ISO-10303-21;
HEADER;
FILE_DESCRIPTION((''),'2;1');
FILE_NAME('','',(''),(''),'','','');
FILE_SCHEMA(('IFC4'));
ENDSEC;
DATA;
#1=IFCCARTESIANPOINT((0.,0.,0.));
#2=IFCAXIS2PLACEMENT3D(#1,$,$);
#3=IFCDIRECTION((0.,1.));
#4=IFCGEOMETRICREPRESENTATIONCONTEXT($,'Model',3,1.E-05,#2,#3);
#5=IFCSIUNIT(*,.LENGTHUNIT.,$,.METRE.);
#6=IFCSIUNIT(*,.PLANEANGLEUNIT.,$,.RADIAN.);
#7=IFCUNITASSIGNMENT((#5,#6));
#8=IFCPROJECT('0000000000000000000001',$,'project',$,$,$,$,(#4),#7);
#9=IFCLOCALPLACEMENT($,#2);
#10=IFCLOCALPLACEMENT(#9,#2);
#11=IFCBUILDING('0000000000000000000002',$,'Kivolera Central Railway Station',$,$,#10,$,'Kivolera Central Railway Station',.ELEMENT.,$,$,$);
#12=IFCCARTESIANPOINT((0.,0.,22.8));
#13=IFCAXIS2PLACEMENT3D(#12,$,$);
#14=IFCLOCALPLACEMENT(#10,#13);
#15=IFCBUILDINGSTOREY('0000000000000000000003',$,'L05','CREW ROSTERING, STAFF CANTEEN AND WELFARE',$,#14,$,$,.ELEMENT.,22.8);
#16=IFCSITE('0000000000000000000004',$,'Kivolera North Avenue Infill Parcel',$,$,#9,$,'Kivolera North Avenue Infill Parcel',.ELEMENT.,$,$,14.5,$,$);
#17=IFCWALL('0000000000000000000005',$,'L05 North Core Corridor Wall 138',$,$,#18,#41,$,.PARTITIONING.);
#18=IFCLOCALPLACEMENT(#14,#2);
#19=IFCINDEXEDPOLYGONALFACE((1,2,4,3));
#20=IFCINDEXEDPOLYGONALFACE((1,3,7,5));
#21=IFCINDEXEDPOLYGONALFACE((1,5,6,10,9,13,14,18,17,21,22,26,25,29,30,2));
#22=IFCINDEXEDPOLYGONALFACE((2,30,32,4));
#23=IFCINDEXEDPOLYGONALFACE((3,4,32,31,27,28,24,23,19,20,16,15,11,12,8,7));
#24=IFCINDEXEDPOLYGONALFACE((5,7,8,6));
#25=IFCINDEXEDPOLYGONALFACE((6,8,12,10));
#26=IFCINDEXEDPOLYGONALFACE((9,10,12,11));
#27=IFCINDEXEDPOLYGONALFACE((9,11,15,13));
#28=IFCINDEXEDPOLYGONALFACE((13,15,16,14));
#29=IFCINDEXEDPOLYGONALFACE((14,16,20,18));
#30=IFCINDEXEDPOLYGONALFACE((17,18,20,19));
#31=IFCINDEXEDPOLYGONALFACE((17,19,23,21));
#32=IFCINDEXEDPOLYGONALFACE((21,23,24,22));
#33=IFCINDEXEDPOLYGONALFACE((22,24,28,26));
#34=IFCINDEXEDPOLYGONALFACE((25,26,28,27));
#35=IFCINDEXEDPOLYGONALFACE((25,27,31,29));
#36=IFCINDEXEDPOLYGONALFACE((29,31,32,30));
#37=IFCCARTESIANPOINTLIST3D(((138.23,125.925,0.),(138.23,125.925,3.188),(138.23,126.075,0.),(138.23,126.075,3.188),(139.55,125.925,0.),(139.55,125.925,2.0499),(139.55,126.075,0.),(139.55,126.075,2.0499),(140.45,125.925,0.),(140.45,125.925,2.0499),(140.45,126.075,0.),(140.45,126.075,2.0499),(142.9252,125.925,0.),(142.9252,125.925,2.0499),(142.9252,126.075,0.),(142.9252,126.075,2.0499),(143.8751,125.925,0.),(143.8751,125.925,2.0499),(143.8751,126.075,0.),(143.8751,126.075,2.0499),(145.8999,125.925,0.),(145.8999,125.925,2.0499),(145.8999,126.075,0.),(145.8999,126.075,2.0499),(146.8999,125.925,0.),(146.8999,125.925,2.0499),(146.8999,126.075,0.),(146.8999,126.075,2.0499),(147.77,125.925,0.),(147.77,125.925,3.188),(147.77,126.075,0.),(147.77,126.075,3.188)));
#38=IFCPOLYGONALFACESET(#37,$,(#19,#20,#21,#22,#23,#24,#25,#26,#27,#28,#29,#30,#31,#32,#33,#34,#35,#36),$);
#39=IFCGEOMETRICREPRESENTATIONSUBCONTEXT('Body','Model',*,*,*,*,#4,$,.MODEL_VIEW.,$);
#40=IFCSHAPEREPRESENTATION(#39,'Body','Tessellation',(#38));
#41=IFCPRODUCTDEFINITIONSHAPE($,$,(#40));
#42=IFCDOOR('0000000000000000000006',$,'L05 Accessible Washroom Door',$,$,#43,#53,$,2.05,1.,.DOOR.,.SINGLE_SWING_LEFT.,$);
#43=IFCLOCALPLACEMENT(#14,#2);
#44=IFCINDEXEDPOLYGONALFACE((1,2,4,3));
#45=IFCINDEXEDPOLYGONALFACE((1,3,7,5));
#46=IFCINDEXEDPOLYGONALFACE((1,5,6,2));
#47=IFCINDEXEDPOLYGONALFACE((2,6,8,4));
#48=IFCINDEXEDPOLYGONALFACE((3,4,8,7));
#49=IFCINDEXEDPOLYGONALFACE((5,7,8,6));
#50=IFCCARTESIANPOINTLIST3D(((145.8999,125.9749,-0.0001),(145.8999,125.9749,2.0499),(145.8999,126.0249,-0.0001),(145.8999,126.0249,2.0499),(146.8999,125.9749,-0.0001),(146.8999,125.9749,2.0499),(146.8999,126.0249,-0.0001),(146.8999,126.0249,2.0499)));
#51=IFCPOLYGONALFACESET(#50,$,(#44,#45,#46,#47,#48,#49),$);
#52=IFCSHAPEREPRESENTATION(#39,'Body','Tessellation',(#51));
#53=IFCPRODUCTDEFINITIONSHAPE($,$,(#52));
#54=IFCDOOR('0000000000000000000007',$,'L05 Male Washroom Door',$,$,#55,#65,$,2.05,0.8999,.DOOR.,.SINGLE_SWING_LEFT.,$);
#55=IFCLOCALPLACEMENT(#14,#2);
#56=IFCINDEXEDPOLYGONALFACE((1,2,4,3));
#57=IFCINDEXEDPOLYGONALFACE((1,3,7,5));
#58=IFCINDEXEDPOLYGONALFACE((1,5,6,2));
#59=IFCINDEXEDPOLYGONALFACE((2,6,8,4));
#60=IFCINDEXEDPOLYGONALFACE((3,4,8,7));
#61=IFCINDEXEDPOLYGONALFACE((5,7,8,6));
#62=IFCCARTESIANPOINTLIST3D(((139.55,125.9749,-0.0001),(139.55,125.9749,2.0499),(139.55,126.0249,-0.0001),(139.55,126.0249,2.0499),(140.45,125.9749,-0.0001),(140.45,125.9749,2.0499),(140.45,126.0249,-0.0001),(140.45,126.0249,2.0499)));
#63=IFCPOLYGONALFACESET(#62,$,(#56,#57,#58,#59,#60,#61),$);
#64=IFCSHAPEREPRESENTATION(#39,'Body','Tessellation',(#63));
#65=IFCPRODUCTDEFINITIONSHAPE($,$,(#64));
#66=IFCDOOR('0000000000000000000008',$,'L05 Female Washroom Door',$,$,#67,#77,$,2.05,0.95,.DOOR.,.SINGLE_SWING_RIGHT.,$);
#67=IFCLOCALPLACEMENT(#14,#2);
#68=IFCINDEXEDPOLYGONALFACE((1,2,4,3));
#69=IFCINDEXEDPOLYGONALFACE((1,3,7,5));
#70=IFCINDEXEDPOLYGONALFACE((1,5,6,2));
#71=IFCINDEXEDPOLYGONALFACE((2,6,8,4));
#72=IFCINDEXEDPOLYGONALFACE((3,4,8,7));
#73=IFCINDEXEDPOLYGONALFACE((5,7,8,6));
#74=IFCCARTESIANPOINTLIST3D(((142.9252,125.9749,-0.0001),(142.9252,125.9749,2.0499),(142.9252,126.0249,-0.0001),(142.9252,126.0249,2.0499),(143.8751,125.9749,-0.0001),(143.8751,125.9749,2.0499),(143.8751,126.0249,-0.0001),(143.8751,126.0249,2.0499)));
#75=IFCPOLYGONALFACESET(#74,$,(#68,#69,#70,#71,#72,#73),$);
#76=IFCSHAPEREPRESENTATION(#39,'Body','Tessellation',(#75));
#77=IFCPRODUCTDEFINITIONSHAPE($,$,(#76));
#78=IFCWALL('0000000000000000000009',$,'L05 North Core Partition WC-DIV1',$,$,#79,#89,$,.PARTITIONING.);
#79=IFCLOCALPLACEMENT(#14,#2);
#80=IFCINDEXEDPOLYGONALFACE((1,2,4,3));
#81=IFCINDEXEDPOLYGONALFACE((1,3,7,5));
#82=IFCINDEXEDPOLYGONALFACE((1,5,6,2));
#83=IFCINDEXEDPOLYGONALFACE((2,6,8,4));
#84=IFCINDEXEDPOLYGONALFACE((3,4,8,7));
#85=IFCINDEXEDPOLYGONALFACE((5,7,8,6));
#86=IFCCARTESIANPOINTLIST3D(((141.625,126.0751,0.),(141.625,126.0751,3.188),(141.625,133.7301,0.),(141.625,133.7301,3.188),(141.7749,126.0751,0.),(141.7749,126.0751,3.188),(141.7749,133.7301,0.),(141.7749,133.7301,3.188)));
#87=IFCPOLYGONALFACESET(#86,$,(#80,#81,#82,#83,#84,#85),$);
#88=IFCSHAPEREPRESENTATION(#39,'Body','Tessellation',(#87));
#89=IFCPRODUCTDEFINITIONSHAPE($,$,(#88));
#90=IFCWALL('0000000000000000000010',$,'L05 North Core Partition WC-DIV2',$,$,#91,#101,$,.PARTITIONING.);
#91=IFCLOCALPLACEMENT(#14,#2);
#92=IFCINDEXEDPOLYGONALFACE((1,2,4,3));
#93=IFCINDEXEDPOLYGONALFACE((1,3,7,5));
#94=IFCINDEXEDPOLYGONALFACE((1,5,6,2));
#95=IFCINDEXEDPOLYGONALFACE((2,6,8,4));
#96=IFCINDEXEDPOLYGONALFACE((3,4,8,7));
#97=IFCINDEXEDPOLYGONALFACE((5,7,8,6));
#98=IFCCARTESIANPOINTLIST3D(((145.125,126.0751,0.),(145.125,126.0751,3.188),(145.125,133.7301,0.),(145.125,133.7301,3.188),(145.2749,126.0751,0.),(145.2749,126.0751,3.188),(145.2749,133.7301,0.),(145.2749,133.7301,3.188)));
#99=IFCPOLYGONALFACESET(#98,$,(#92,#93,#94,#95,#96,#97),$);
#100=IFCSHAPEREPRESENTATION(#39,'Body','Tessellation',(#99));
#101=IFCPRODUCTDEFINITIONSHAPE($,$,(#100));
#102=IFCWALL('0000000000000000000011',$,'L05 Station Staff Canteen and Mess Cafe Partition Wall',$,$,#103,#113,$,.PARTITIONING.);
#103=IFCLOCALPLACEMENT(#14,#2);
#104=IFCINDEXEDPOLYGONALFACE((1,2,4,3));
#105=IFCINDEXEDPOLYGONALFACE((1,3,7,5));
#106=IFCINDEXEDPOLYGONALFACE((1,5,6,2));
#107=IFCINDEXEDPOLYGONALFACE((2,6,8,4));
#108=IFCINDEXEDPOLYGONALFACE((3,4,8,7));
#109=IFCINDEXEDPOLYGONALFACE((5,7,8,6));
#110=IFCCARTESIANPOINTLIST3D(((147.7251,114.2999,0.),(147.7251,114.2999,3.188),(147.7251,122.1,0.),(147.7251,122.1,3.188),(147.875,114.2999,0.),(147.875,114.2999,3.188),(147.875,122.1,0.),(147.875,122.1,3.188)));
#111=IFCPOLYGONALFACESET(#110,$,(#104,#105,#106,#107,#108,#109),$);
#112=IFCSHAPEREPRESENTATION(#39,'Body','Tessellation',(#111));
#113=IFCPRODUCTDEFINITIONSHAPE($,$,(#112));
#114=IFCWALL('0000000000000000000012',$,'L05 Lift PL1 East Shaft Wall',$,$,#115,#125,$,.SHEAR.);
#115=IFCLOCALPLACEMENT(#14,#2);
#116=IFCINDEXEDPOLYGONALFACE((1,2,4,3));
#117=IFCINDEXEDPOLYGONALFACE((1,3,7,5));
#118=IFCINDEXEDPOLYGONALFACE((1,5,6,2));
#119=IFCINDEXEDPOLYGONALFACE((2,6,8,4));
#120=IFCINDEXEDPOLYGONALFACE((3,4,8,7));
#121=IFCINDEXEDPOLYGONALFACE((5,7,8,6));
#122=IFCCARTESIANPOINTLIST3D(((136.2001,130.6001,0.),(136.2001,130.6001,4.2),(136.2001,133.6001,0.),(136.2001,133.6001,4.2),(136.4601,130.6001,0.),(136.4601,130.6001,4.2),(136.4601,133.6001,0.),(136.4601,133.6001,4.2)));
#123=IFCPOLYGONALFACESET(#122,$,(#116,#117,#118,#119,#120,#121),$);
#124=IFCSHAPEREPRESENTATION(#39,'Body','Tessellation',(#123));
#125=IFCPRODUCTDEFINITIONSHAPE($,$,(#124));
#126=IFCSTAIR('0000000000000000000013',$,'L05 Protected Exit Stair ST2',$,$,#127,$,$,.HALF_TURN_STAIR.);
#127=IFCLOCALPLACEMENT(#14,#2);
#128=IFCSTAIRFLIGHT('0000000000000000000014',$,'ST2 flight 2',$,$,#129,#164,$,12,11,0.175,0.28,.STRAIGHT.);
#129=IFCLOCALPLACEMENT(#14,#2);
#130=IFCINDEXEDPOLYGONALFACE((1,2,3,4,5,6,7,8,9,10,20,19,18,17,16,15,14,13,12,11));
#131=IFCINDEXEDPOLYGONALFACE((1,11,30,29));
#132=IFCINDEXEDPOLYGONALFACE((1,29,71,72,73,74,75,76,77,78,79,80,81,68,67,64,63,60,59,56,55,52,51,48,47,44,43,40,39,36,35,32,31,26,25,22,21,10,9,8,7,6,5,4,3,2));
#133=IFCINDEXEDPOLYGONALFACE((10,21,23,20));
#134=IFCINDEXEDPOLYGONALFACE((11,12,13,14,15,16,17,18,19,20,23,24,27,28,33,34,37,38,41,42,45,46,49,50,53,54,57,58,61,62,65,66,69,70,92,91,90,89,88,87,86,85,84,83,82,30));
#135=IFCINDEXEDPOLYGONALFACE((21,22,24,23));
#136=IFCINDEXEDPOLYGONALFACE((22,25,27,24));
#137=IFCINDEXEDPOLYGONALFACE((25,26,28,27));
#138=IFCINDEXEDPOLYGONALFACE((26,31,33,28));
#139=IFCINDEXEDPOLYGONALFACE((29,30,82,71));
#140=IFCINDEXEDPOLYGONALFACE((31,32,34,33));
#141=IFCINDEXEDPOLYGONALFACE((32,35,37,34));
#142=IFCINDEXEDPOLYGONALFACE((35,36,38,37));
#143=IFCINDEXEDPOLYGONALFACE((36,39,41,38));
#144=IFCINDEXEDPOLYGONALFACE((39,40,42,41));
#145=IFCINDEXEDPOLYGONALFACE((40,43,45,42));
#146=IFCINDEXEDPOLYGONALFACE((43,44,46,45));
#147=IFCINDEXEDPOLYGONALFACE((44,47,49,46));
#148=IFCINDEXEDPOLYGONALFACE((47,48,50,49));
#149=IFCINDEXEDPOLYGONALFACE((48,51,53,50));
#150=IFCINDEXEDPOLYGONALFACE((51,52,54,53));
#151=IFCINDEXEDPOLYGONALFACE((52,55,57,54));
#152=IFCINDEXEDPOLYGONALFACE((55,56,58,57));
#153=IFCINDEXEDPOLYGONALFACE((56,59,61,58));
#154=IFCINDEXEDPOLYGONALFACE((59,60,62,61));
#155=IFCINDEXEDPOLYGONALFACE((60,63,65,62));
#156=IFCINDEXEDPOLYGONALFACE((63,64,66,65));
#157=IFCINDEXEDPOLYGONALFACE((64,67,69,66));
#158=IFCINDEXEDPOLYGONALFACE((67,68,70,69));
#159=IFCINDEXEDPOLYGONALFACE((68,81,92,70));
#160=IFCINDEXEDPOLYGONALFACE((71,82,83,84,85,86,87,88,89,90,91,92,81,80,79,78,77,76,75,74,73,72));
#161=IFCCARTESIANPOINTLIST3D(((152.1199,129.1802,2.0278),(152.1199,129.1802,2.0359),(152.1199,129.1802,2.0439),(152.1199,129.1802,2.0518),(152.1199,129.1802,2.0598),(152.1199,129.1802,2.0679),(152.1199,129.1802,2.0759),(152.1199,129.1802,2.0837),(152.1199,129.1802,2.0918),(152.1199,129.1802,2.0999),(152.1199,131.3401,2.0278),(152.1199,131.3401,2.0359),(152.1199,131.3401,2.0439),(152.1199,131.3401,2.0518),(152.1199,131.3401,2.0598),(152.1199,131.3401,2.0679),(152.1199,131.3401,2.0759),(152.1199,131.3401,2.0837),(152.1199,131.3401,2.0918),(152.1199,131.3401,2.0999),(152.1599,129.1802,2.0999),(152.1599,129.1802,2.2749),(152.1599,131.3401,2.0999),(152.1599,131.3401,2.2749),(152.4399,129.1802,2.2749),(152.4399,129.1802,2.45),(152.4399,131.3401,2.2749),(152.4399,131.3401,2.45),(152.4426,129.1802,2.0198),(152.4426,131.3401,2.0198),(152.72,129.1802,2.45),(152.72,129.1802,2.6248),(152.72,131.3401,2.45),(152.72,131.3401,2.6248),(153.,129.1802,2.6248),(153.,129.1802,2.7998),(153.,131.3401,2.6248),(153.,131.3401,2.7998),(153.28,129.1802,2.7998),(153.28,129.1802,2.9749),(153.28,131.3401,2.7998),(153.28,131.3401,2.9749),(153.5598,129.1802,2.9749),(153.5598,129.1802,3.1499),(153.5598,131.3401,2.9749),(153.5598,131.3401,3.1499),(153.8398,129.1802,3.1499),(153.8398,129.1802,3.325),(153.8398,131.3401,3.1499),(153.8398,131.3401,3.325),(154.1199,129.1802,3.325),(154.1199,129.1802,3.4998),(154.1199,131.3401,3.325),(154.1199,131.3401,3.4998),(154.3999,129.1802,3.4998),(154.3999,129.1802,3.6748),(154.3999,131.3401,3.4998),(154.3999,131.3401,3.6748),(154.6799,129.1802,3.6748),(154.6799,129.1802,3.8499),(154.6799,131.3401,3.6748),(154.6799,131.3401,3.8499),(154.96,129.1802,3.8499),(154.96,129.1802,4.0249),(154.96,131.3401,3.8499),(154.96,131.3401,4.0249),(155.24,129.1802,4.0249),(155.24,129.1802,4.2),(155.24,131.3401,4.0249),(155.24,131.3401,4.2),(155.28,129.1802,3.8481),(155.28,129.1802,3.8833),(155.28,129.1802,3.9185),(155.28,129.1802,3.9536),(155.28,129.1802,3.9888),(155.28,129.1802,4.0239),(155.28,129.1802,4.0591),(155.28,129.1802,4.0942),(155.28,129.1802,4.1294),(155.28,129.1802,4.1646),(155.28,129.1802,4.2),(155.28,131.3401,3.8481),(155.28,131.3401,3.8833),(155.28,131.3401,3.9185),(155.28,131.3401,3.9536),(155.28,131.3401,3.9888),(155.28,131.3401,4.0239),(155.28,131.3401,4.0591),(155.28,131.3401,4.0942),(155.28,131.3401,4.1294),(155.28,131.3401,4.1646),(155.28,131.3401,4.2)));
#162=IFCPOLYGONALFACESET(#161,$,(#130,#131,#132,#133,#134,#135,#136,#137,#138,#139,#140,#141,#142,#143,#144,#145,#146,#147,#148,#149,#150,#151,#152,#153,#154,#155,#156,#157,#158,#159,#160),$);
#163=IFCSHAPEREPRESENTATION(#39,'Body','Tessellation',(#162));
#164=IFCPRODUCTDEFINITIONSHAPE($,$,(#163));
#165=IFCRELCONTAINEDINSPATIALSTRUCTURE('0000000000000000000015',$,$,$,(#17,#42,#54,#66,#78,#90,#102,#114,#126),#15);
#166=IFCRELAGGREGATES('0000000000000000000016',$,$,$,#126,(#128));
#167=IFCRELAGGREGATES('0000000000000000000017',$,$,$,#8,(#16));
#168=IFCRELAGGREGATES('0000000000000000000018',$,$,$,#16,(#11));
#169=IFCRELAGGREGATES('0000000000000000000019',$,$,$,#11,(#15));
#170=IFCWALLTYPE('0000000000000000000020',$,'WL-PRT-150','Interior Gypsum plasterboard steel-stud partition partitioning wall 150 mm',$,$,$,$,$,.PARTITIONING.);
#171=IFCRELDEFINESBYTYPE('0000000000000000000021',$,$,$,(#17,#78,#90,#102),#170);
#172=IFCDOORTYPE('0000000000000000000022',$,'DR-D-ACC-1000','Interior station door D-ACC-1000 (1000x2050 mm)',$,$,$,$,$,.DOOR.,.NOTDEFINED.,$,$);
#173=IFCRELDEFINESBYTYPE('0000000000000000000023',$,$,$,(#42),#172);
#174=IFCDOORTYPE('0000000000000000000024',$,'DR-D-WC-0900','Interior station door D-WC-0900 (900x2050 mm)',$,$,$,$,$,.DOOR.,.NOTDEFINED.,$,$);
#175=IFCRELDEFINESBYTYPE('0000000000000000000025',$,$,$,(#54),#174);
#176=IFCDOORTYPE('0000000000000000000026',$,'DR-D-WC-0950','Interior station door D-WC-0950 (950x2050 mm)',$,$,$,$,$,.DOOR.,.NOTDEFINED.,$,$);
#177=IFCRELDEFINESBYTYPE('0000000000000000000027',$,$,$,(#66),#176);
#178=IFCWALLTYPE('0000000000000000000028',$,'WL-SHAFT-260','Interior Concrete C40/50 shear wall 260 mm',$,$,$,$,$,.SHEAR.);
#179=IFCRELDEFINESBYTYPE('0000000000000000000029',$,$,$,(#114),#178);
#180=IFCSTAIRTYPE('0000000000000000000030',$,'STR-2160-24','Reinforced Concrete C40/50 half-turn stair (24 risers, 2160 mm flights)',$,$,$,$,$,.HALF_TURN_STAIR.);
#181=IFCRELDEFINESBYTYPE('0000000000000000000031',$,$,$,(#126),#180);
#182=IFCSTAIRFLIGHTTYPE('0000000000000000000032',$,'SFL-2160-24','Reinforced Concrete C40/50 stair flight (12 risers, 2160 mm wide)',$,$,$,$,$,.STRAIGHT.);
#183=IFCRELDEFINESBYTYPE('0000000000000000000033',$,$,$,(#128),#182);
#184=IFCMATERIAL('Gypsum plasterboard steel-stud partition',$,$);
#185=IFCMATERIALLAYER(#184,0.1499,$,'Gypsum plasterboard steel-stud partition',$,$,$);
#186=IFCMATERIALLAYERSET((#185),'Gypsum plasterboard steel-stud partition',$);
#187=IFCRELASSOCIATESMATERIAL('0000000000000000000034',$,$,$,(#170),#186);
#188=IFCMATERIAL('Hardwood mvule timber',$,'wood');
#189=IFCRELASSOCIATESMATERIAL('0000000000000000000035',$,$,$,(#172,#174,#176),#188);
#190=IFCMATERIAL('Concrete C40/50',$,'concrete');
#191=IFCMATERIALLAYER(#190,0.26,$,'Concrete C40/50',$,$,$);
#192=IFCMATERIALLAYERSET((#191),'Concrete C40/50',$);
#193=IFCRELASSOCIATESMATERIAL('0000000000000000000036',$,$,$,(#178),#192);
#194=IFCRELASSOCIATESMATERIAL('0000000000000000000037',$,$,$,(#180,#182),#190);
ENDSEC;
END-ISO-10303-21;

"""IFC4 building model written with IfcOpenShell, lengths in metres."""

from ifc_helpers import new_model, si_unit, direction, frame, frame_2d, origin, place, context, subcontext, project, spatial, polyline, rectangle, outline, extrude, material, layer, layer_set, type_object, element, fill, aggregate, save


model = new_model("IFC4")

# Units and contexts
model_context = context("Model", 3, precision=1e-05, world=origin(), true_north=direction((0.0, 1.0)))
body_context = subcontext(model_context, "Body", "Model", "MODEL_VIEW")
ifc_project = project(units=[si_unit("LENGTHUNIT", "METRE"), si_unit("PLANEANGLEUNIT", "RADIAN")], contexts=[model_context])

# Site, building, storey
site_placement = place(None, origin())
site = spatial("IfcSite", under=ifc_project, at=site_placement, Name="Kivolera North Avenue Infill Parcel", LongName="Kivolera North Avenue Infill Parcel", CompositionType="ELEMENT", RefElevation=14.5)
building_placement = place(site_placement, origin())
building = spatial("IfcBuilding", under=site, at=building_placement, Name="Kivolera Central Railway Station", LongName="Kivolera Central Railway Station", CompositionType="ELEMENT")
storey_placement = place(building_placement, frame((0.0, 0.0, 22.8)))
storey = spatial("IfcBuildingStorey", under=building, at=storey_placement, Name="L05", Description="CREW ROSTERING, STAFF CANTEEN AND WELFARE", CompositionType="ELEMENT", Elevation=22.8)

# Shared definitions
ifc_material_1 = material(Name="Concrete C40/50", Category="concrete")

# Shared definitions
ifc_material_2 = material(Name="Hardwood mvule timber", Category="wood")

# Wall, openings, doors
ifc_material_3 = material(Name="Gypsum plasterboard steel-stud partition")
ifc_layer_1 = layer(ifc_material_3, 0.1499, Name="Gypsum plasterboard steel-stud partition")
ifc_layer_set_1 = layer_set([ifc_layer_1], Name="Gypsum plasterboard steel-stud partition")
wall_type_1 = type_object("IfcWallType", Name="WL-PRT-150", Description="Interior Gypsum plasterboard steel-stud partition partitioning wall 150 mm", PredefinedType="PARTITIONING", material=ifc_layer_set_1)
wall_1_placement = place(storey_placement, frame((138.23, 126.0, 0.0), z_axis=(0.0, 0.0, 1.0), x_axis=(1.0, 0.0, 0.0)))
wall_1 = element("IfcWall", 1, at=wall_1_placement, inside=storey, type_object=wall_type_1, Name="L05 North Core Corridor Wall 138", PredefinedType="PARTITIONING", context=body_context, shape_type="SweptSolid", body=[
    extrude(rectangle(XDim=9.54, YDim=0.1499, at=frame_2d((4.77, 0.0))), origin(), (0.0, 0.0, 1.0), 3.188),
])
opening_1_placement = place(wall_1_placement, frame((1.3201, 0.0, 0.0)))
opening_1 = element("IfcOpeningElement", 2, at=opening_1_placement, cuts=wall_1, PredefinedType="OPENING", context=body_context, shape_type="SweptSolid", body=[
    extrude(rectangle(XDim=0.8999, YDim=2.05, at=frame_2d((0.45, 1.0249))), frame((0.0, 0.085, 0.0), z_axis=(0.0, -1.0, 0.0), x_axis=(1.0, 0.0, 0.0)), (0.0, 0.0, 1.0), 0.1699),
])
opening_2_placement = place(wall_1_placement, frame((4.6951, 0.0, 0.0)))
opening_2 = element("IfcOpeningElement", 3, at=opening_2_placement, cuts=wall_1, PredefinedType="OPENING", context=body_context, shape_type="SweptSolid", body=[
    extrude(rectangle(XDim=0.95, YDim=2.05, at=frame_2d((0.4751, 1.0249))), frame((0.0, 0.085, 0.0), z_axis=(0.0, -1.0, 0.0), x_axis=(1.0, 0.0, 0.0)), (0.0, 0.0, 1.0), 0.1699),
])
opening_3_placement = place(wall_1_placement, frame((7.6699, 0.0, 0.0)))
opening_3 = element("IfcOpeningElement", 4, at=opening_3_placement, cuts=wall_1, PredefinedType="OPENING", context=body_context, shape_type="SweptSolid", body=[
    extrude(rectangle(XDim=1.0, YDim=2.05, at=frame_2d((0.5, 1.0249))), frame((0.0, 0.085, 0.0), z_axis=(0.0, -1.0, 0.0), x_axis=(1.0, 0.0, 0.0)), (0.0, 0.0, 1.0), 0.1699),
])
door_type_1 = type_object("IfcDoorType", Name="DR-D-ACC-1000", Description="Interior station door D-ACC-1000 (1000x2050 mm)", OperationType="NOTDEFINED", PredefinedType="DOOR", material=ifc_material_2)
door_1_placement = place(opening_3_placement, origin())
door_1 = element("IfcDoor", 5, at=door_1_placement, inside=storey, type_object=door_type_1, Name="L05 Accessible Washroom Door", OperationType="SINGLE_SWING_LEFT", OverallHeight=2.05, OverallWidth=1.0, PredefinedType="DOOR", context=body_context, shape_type="SweptSolid", body=[
    extrude(rectangle(XDim=1.0, YDim=2.05, at=frame_2d((0.5, 1.0249))), frame((0.0, 0.0249, 0.0), z_axis=(0.0, -1.0, 0.0), x_axis=(1.0, 0.0, 0.0)), (0.0, 0.0, 1.0), 0.05),
])
fill(opening_3, door_1)
door_type_2 = type_object("IfcDoorType", Name="DR-D-WC-0900", Description="Interior station door D-WC-0900 (900x2050 mm)", OperationType="NOTDEFINED", PredefinedType="DOOR", material=ifc_material_2)
door_2_placement = place(opening_1_placement, origin())
door_2 = element("IfcDoor", 6, at=door_2_placement, inside=storey, type_object=door_type_2, Name="L05 Male Washroom Door", OperationType="SINGLE_SWING_LEFT", OverallHeight=2.05, OverallWidth=0.8999, PredefinedType="DOOR", context=body_context, shape_type="SweptSolid", body=[
    extrude(rectangle(XDim=0.8999, YDim=2.05, at=frame_2d((0.45, 1.0249))), frame((0.0, 0.0249, 0.0), z_axis=(0.0, -1.0, 0.0), x_axis=(1.0, 0.0, 0.0)), (0.0, 0.0, 1.0), 0.05),
])
fill(opening_1, door_2)
door_type_3 = type_object("IfcDoorType", Name="DR-D-WC-0950", Description="Interior station door D-WC-0950 (950x2050 mm)", OperationType="NOTDEFINED", PredefinedType="DOOR", material=ifc_material_2)
door_3_placement = place(opening_2_placement, origin())
door_3 = element("IfcDoor", 7, at=door_3_placement, inside=storey, type_object=door_type_3, Name="L05 Female Washroom Door", OperationType="SINGLE_SWING_RIGHT", OverallHeight=2.05, OverallWidth=0.95, PredefinedType="DOOR", context=body_context, shape_type="SweptSolid", body=[
    extrude(rectangle(XDim=0.95, YDim=2.05, at=frame_2d((0.4751, 1.0249))), frame((0.0, 0.0249, 0.0), z_axis=(0.0, -1.0, 0.0), x_axis=(1.0, 0.0, 0.0)), (0.0, 0.0, 1.0), 0.05),
])
fill(opening_2, door_3)

# Walls
for number, where, z_axis, x_axis, name in (
    (8, (141.7, 126.075, 0.0), (0.0, 0.0, 1.0), (0.0, 1.0, 0.0), "L05 North Core Partition WC-DIV1"),
    (9, (145.2, 126.075, 0.0), (0.0, 0.0, 1.0), (0.0, 1.0, 0.0), "L05 North Core Partition WC-DIV2"),
):
    element("IfcWall", number, at=place(storey_placement, frame(where, z_axis=z_axis, x_axis=x_axis)), inside=storey, type_object=wall_type_1, Name=name, PredefinedType="PARTITIONING", context=body_context, shape_type="SweptSolid", body=[
        extrude(rectangle(XDim=7.655, YDim=0.1499, at=frame_2d((3.8276, 0.0))), origin(), (0.0, 0.0, 1.0), 3.188),
    ])
wall_2_placement = place(storey_placement, frame((147.8, 114.3, 0.0), z_axis=(0.0, 0.0, 1.0), x_axis=(0.0, 1.0, 0.0)))
element("IfcWall", 10, at=wall_2_placement, inside=storey, type_object=wall_type_1, Name="L05 Station Staff Canteen and Mess Cafe Partition Wall", PredefinedType="PARTITIONING", context=body_context, shape_type="SweptSolid", body=[
    extrude(rectangle(XDim=7.8, YDim=0.1499, at=frame_2d((3.8999, 0.0))), origin(), (0.0, 0.0, 1.0), 3.188),
])
ifc_layer_2 = layer(ifc_material_1, 0.26, Name="Concrete C40/50")
ifc_layer_set_2 = layer_set([ifc_layer_2], Name="Concrete C40/50")
wall_type_2 = type_object("IfcWallType", Name="WL-SHAFT-260", Description="Interior Concrete C40/50 shear wall 260 mm", PredefinedType="SHEAR", material=ifc_layer_set_2)
wall_3_placement = place(storey_placement, frame((136.3301, 130.6001, 0.0), z_axis=(0.0, 0.0, 1.0), x_axis=(0.0, 1.0, 0.0)))
element("IfcWall", 11, at=wall_3_placement, inside=storey, type_object=wall_type_2, Name="L05 Lift PL1 East Shaft Wall", PredefinedType="SHEAR", context=body_context, shape_type="SweptSolid", body=[
    extrude(rectangle(XDim=3.0, YDim=0.26, at=frame_2d((1.5, 0.0))), origin(), (0.0, 0.0, 1.0), 4.2),
])

# Stair, stair flight
stair_type = type_object("IfcStairType", Name="STR-2160-24", Description="Reinforced Concrete C40/50 half-turn stair (24 risers, 2160 mm flights)", PredefinedType="HALF_TURN_STAIR", material=ifc_material_1)
stair_placement = place(storey_placement, origin())
stair = element("IfcStair", 12, at=stair_placement, inside=storey, type_object=stair_type, Name="L05 Protected Exit Stair ST2", PredefinedType="HALF_TURN_STAIR")
stair_flight_type = type_object("IfcStairFlightType", Name="SFL-2160-24", Description="Reinforced Concrete C40/50 stair flight (12 risers, 2160 mm wide)", PredefinedType="STRAIGHT", material=ifc_material_1)
stair_flight_placement = place(storey_placement, frame((152.1599, 130.26, 2.0999), z_axis=(0.0, 0.0, 1.0), x_axis=(1.0, 0.0, 0.0)))
stair_flight = element("IfcStairFlight", 13, at=stair_flight_placement, type_object=stair_flight_type, Name="ST2 flight 2", NumberOfRisers=12, NumberOfTreads=11, PredefinedType="STRAIGHT", RiserHeight=0.175, TreadLength=0.28, context=body_context, shape_type="SweptSolid", body=[
    extrude(outline(polyline([(-0.04, 0.0), (0.0, 0.0), (0.0, 0.175), (0.28, 0.175), (0.28, 0.3501), (0.5601, 0.3501), (0.5601, 0.5249), (0.8401, 0.5249), (0.8401, 0.7), (1.1201, 0.7), (1.1201, 0.875), (1.3999, 0.875), (1.3999, 1.05), (1.6799, 1.05), (1.6799, 1.2251), (1.96, 1.2251), (1.96, 1.3999), (2.24, 1.3999), (2.24, 1.575), (2.52, 1.575), (2.52, 1.75), (2.8, 1.75), (2.8, 1.925), (3.0801, 1.925), (3.0801, 2.1001), (3.1201, 2.1001), (3.1201, 2.0647), (3.1201, 2.0295), (3.1201, 1.9944), (3.1201, 1.9592), (3.1201, 1.9241), (3.1201, 1.8889), (3.1201, 1.8538), (3.1201, 1.8186), (3.1201, 1.7834), (3.1201, 1.7483), (0.2827, -0.0801), (-0.04, -0.072), (-0.04, -0.064), (-0.04, -0.0559), (-0.04, -0.0481), (-0.04, -0.04), (-0.04, -0.032), (-0.04, -0.0239), (-0.04, -0.0161), (-0.04, -0.0081), (-0.04, 0.0)])), frame((0.0, 1.0801, 0.0), z_axis=(0.0, -1.0, 0.0), x_axis=(1.0, 0.0, 0.0)), (0.0, 0.0, 1.0), 2.1599),
])
aggregate(stair, [stair_flight])

save(model, "model.ifc")
